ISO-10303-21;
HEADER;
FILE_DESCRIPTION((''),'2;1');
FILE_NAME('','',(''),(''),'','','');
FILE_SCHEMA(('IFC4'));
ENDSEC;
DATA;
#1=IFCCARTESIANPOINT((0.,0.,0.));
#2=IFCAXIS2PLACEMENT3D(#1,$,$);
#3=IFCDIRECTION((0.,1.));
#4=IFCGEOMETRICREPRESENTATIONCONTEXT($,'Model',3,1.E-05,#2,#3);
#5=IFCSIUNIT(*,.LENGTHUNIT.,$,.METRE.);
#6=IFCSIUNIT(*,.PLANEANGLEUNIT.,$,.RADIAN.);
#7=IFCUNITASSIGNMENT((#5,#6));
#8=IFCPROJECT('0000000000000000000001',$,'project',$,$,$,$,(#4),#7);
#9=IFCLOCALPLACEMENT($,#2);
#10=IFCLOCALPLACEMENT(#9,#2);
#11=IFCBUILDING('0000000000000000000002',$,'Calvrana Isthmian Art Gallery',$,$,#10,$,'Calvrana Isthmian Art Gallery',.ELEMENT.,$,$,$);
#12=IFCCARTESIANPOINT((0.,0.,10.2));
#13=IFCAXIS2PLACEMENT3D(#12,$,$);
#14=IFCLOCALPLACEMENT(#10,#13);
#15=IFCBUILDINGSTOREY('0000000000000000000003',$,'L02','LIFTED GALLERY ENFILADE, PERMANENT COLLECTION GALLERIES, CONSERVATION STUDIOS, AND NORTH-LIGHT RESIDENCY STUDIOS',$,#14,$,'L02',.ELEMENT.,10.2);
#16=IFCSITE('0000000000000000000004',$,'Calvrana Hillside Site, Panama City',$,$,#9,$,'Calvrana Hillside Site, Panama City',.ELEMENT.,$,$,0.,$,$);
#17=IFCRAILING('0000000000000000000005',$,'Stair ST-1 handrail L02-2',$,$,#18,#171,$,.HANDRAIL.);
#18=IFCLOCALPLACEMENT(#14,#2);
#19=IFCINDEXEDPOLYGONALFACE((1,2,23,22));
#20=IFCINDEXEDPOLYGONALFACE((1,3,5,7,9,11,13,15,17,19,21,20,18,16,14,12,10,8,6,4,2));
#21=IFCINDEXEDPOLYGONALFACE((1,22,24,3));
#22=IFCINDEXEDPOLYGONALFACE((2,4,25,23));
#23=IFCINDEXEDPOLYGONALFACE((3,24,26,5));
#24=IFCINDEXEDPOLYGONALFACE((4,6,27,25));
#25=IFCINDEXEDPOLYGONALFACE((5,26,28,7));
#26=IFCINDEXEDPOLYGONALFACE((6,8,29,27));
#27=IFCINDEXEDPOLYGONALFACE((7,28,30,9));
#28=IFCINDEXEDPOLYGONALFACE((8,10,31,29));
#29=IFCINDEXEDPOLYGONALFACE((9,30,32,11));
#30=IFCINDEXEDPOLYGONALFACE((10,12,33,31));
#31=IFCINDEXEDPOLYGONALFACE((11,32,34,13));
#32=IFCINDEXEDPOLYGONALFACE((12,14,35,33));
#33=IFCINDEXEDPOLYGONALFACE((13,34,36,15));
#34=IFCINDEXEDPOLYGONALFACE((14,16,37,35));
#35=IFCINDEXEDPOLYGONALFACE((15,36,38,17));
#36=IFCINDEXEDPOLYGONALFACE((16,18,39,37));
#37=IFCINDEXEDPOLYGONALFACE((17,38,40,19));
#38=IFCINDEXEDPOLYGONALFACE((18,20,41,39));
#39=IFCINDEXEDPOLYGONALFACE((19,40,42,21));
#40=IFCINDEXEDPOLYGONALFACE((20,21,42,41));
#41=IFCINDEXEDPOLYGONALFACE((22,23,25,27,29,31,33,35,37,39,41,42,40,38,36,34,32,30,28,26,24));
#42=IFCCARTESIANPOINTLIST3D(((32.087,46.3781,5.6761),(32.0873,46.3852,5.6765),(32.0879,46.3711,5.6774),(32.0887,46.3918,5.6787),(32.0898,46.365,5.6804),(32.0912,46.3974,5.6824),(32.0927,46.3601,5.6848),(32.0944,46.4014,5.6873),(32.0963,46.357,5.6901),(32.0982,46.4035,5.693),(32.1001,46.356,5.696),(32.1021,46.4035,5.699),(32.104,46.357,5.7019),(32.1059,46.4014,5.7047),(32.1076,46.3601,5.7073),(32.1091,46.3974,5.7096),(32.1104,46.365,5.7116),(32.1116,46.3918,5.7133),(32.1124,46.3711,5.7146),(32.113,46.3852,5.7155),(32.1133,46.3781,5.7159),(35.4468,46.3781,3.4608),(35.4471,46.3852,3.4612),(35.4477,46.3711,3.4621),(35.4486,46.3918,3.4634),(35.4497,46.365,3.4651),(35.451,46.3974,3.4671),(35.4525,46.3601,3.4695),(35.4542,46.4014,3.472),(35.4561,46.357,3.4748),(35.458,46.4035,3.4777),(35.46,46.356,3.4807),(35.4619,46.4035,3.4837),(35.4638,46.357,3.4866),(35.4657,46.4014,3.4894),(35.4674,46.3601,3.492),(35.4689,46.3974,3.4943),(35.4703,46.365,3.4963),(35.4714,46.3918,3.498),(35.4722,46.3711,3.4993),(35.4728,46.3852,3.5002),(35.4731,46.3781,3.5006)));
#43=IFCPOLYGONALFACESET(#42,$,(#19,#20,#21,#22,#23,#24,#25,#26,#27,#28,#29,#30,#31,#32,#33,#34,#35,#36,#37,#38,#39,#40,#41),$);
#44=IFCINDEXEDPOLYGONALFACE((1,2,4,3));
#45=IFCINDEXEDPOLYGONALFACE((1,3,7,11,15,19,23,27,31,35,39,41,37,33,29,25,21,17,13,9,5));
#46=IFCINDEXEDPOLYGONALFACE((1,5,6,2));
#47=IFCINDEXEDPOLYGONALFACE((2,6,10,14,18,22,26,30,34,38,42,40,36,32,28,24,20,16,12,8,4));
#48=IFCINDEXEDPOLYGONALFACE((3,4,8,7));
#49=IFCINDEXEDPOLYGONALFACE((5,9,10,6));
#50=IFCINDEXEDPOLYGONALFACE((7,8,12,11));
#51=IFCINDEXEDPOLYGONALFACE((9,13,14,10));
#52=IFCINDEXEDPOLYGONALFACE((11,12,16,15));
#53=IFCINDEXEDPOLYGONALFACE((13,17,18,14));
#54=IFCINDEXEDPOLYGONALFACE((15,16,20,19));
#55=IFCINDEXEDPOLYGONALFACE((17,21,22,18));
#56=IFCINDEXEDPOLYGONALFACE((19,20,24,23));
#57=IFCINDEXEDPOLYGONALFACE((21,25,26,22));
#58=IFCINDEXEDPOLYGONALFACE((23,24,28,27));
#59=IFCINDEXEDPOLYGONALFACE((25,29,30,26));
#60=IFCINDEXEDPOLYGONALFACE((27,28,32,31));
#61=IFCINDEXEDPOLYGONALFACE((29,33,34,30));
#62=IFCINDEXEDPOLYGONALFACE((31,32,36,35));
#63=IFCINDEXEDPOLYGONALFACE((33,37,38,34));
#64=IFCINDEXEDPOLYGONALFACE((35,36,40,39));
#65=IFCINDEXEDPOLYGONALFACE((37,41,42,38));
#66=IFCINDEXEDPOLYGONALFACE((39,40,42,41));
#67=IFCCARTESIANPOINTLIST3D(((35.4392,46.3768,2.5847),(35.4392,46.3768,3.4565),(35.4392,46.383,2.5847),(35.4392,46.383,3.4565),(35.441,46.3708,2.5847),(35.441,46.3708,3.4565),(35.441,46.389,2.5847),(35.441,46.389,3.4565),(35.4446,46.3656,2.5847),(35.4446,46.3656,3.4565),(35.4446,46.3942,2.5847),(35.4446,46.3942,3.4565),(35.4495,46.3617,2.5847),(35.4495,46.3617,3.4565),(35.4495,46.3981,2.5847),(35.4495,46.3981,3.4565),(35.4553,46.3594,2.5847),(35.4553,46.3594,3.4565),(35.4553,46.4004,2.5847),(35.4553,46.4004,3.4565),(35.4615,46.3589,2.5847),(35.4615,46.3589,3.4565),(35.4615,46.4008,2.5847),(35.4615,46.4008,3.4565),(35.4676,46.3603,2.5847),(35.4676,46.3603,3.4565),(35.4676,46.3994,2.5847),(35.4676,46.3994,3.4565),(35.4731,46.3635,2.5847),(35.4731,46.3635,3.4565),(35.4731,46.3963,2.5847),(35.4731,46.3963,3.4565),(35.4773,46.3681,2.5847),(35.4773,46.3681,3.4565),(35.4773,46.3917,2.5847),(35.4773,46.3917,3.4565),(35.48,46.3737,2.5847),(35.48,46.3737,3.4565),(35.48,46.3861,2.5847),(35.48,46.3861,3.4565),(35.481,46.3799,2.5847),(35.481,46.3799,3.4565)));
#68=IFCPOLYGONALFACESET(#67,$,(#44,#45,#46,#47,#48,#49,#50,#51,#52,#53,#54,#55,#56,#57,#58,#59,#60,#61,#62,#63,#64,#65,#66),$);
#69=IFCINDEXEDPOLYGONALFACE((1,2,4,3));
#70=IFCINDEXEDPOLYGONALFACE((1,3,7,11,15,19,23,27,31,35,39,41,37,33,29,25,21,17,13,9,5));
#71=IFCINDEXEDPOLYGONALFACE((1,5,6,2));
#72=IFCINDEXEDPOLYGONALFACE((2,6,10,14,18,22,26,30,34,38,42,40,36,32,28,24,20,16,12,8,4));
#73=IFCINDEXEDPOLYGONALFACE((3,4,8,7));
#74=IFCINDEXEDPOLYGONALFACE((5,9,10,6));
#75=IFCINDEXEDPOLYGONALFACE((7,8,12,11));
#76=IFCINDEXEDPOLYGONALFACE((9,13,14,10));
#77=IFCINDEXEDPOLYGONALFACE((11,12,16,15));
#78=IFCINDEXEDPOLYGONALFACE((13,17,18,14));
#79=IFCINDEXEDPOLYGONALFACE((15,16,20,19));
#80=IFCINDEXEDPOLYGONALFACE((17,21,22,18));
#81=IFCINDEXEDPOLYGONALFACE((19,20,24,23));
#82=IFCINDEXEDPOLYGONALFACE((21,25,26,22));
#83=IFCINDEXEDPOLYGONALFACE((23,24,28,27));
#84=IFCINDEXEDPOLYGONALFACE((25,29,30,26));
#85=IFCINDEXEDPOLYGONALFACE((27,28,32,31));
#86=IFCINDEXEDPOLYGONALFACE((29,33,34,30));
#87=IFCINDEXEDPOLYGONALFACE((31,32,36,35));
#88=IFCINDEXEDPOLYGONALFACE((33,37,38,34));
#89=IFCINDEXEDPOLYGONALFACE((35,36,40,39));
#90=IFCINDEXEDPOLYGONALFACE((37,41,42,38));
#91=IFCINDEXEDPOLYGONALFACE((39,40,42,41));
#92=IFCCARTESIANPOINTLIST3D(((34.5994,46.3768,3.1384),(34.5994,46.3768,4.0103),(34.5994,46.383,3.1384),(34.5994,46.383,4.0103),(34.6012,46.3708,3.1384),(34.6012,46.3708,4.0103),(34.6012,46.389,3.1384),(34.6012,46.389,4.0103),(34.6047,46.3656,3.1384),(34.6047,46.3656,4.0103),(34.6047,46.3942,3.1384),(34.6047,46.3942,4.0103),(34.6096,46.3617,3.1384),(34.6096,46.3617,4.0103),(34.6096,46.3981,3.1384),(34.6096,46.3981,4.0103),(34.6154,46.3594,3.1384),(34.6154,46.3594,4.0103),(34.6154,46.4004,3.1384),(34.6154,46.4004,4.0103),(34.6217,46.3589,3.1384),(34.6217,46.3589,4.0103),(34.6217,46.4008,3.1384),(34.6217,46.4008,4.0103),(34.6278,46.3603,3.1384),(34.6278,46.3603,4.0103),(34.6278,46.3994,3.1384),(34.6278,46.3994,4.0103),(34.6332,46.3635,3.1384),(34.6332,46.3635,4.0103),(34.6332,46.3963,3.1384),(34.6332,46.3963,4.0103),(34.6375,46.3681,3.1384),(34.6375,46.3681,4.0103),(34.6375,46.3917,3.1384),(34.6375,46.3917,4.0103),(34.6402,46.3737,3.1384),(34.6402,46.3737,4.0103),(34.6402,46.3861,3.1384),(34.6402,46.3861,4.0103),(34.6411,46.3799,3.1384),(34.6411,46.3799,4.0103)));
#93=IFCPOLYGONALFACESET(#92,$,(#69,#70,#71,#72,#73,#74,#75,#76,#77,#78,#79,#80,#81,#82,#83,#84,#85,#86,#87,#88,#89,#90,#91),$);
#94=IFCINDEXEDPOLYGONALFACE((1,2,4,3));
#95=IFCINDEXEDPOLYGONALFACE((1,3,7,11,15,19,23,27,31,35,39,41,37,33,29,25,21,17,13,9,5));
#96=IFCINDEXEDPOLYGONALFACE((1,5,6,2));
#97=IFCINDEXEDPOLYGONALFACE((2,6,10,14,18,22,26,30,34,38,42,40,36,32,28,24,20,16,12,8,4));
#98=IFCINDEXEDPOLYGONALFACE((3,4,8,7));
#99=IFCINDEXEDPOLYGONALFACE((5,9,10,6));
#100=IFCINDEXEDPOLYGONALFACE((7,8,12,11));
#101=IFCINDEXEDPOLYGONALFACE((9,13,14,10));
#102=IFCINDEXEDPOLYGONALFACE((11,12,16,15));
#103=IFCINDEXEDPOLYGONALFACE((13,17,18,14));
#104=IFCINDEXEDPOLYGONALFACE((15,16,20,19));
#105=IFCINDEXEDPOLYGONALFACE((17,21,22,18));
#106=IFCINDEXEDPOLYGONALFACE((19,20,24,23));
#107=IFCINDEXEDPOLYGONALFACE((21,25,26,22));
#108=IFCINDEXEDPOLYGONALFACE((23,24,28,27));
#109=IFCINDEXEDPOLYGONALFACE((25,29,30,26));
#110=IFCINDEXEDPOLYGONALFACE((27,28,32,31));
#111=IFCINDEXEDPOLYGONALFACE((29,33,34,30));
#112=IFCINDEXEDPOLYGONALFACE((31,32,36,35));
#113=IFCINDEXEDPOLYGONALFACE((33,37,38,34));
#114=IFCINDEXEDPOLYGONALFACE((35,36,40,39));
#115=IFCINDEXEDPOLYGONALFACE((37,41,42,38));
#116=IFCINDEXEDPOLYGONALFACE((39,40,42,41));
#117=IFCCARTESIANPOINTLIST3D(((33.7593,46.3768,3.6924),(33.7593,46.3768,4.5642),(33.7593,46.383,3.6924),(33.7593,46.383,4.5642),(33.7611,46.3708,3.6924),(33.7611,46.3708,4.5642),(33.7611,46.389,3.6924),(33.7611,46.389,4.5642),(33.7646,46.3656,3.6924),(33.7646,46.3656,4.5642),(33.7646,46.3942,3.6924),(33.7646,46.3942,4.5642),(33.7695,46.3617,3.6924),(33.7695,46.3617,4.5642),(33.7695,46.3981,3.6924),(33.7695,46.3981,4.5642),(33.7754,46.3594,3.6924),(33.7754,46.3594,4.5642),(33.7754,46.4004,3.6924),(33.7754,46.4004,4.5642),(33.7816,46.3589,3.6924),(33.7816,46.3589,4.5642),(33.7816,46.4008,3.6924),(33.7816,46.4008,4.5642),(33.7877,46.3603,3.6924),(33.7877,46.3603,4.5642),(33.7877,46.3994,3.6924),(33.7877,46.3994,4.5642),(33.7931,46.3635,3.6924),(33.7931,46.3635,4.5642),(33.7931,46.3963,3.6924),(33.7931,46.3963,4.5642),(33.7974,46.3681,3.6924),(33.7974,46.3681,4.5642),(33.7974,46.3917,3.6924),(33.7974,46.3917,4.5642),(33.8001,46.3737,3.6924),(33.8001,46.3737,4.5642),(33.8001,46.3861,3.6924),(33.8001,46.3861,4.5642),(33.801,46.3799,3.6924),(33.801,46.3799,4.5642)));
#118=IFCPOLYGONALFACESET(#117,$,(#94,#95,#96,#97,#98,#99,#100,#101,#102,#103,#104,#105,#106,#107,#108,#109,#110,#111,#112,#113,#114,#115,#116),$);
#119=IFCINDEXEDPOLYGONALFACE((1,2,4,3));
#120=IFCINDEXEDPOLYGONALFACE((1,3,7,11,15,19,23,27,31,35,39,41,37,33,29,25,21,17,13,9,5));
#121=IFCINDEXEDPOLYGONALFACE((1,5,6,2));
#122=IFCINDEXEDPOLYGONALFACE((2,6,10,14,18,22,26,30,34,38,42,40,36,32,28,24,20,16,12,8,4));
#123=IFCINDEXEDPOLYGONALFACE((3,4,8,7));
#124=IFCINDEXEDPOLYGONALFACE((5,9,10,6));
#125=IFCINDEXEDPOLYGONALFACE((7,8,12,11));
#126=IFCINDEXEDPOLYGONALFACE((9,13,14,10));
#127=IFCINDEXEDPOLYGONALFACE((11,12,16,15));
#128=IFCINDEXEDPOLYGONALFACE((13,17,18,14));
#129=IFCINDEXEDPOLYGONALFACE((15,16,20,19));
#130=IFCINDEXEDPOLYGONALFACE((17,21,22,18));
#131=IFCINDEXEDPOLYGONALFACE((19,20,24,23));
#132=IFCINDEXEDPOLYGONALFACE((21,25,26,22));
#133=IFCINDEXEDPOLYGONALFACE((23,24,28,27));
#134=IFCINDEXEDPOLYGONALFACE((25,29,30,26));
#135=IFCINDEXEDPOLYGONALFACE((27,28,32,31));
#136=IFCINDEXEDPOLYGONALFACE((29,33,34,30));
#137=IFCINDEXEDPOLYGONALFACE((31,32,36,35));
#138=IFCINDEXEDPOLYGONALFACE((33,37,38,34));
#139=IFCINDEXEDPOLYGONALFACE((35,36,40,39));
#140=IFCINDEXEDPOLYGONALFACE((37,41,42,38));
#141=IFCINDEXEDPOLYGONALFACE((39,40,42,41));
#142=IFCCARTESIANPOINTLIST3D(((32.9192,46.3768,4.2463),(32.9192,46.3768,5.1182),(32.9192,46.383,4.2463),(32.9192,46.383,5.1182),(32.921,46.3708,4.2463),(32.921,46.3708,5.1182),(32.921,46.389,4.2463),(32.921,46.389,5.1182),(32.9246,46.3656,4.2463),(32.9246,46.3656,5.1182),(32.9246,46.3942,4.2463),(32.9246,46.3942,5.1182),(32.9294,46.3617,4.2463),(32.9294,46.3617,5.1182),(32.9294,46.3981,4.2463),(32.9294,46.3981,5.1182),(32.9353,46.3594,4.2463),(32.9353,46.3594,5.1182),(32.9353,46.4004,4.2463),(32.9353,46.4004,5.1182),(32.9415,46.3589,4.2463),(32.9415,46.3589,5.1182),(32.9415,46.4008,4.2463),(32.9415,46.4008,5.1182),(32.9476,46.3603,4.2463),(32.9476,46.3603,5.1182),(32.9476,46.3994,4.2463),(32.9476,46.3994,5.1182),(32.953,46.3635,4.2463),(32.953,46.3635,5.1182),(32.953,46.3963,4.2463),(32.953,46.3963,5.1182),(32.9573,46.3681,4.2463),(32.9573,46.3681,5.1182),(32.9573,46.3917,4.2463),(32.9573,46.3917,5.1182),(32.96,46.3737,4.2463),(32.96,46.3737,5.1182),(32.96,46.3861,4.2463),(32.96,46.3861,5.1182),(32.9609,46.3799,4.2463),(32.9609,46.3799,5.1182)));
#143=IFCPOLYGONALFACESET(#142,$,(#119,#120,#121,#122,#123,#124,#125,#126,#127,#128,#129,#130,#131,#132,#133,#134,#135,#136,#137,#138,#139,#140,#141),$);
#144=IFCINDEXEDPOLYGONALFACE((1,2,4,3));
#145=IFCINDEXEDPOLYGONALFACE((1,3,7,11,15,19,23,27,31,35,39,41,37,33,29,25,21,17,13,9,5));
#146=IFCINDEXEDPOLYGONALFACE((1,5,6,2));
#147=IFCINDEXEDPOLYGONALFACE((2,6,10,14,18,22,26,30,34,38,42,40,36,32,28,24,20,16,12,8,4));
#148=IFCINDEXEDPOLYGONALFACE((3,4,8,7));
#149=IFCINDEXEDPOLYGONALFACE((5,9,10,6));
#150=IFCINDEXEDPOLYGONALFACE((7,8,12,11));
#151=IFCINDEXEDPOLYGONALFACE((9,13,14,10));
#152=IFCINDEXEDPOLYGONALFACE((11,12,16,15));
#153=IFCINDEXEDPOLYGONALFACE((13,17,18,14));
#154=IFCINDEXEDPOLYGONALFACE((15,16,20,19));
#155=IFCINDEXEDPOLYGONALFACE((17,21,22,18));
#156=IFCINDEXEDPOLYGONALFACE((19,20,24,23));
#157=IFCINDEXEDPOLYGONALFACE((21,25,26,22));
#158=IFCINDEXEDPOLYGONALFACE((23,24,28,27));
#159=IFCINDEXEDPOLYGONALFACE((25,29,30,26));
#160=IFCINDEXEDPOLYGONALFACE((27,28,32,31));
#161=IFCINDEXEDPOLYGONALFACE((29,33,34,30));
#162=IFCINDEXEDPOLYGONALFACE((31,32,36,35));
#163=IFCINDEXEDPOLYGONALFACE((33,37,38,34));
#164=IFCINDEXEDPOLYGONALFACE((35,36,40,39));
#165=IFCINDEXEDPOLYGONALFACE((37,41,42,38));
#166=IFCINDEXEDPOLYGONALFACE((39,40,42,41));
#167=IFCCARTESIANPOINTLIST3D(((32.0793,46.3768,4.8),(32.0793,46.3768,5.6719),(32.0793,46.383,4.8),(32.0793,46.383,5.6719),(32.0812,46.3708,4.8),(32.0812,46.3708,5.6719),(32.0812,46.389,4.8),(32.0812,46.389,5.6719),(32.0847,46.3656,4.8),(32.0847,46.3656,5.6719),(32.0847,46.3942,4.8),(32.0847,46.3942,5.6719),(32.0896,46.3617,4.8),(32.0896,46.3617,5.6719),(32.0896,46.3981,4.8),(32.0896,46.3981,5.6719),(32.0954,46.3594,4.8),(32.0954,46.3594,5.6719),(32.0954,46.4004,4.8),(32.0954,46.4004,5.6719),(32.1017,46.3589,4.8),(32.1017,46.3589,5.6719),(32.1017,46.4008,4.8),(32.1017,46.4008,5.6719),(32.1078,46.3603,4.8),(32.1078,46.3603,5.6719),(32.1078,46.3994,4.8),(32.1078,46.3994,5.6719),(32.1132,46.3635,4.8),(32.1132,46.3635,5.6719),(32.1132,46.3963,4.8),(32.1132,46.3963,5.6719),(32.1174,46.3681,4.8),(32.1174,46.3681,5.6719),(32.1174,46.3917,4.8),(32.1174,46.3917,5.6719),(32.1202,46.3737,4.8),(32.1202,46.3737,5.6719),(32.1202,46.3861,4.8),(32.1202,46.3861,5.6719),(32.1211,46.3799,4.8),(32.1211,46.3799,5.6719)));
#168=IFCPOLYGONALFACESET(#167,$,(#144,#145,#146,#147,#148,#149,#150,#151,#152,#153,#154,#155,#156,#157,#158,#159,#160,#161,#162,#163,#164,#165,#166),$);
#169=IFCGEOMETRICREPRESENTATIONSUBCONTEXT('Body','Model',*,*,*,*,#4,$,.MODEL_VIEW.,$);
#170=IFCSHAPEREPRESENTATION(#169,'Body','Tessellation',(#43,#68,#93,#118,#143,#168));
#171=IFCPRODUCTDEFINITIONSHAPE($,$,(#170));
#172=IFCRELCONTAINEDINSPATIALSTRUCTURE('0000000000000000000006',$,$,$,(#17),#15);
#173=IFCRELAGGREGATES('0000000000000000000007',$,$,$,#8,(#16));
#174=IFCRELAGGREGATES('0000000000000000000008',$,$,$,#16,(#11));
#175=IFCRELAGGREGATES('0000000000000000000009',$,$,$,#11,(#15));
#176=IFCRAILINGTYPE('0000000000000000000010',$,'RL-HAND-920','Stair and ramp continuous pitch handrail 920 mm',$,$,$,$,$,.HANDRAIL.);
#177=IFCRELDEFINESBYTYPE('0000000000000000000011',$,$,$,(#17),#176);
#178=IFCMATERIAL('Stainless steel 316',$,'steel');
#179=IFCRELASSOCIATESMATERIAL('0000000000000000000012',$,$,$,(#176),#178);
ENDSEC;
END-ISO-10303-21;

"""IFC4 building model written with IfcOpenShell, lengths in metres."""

from ifc_helpers import new_model, si_unit, direction, frame, origin, origin_2d, place, context, subcontext, project, spatial, circle, extrude, material, type_object, element, save


model = new_model("IFC4")

# Units and contexts
model_context = context("Model", 3, precision=1e-05, world=origin(), true_north=direction((0.0, 1.0)))
body_context = subcontext(model_context, "Body", "Model", "MODEL_VIEW")
ifc_project = project(units=[si_unit("LENGTHUNIT", "METRE"), si_unit("PLANEANGLEUNIT", "RADIAN")], contexts=[model_context])

# Site, building, storey
site_placement = place(None, origin())
site = spatial("IfcSite", under=ifc_project, at=site_placement, Name="Calvrana Hillside Site, Panama City", LongName="Calvrana Hillside Site, Panama City", CompositionType="ELEMENT", RefElevation=0.0)
building_placement = place(site_placement, origin())
building = spatial("IfcBuilding", under=site, at=building_placement, Name="Calvrana Isthmian Art Gallery", LongName="Calvrana Isthmian Art Gallery", CompositionType="ELEMENT")
storey_placement = place(building_placement, frame((0.0, 0.0, 10.2)))
storey = spatial("IfcBuildingStorey", under=building, at=storey_placement, Name="L02", Description="LIFTED GALLERY ENFILADE, PERMANENT COLLECTION GALLERIES, CONSERVATION STUDIOS, AND NORTH-LIGHT RESIDENCY STUDIOS", LongName="L02", CompositionType="ELEMENT", Elevation=10.2)

# Railing
ifc_material_1 = material(Name="Stainless steel 316", Category="steel")
railing_type_1 = type_object("IfcRailingType", Name="RL-HAND-920", Description="Stair and ramp continuous pitch handrail 920 mm", PredefinedType="HANDRAIL", material=ifc_material_1)
railing_1_placement = place(storey_placement, frame((35.46, 46.3799, 2.5847)))
element("IfcRailing", 1, at=railing_1_placement, inside=storey, type_object=railing_type_1, Name="Stair ST-1 handrail L02-2", PredefinedType="HANDRAIL", context=body_context, shape_type="SweptSolid", body=[
    extrude(circle(Radius=0.0239, at=origin_2d()), frame((0.0, 0.0, 0.896), z_axis=(-0.834858, 0.0, 0.550465), x_axis=(0.0, -1.0, 0.0)), (0.0, 0.0, 1.0), 4.0244),
    extrude(circle(Radius=0.021, at=origin_2d()), origin(), (0.0, 0.0, 1.0), 0.8718),
    extrude(circle(Radius=0.021, at=origin_2d()), frame((-0.8398, 0.0, 0.5537)), (0.0, 0.0, 1.0), 0.8718),
    extrude(circle(Radius=0.021, at=origin_2d()), frame((-1.6799, 0.0, 1.1077)), (0.0, 0.0, 1.0), 0.8718),
    extrude(circle(Radius=0.021, at=origin_2d()), frame((-2.52, 0.0, 1.6616)), (0.0, 0.0, 1.0), 0.8718),
    extrude(circle(Radius=0.021, at=origin_2d()), frame((-3.3599, 0.0, 2.2153)), (0.0, 0.0, 1.0), 0.8718),
])

save(model, "model.ifc")
